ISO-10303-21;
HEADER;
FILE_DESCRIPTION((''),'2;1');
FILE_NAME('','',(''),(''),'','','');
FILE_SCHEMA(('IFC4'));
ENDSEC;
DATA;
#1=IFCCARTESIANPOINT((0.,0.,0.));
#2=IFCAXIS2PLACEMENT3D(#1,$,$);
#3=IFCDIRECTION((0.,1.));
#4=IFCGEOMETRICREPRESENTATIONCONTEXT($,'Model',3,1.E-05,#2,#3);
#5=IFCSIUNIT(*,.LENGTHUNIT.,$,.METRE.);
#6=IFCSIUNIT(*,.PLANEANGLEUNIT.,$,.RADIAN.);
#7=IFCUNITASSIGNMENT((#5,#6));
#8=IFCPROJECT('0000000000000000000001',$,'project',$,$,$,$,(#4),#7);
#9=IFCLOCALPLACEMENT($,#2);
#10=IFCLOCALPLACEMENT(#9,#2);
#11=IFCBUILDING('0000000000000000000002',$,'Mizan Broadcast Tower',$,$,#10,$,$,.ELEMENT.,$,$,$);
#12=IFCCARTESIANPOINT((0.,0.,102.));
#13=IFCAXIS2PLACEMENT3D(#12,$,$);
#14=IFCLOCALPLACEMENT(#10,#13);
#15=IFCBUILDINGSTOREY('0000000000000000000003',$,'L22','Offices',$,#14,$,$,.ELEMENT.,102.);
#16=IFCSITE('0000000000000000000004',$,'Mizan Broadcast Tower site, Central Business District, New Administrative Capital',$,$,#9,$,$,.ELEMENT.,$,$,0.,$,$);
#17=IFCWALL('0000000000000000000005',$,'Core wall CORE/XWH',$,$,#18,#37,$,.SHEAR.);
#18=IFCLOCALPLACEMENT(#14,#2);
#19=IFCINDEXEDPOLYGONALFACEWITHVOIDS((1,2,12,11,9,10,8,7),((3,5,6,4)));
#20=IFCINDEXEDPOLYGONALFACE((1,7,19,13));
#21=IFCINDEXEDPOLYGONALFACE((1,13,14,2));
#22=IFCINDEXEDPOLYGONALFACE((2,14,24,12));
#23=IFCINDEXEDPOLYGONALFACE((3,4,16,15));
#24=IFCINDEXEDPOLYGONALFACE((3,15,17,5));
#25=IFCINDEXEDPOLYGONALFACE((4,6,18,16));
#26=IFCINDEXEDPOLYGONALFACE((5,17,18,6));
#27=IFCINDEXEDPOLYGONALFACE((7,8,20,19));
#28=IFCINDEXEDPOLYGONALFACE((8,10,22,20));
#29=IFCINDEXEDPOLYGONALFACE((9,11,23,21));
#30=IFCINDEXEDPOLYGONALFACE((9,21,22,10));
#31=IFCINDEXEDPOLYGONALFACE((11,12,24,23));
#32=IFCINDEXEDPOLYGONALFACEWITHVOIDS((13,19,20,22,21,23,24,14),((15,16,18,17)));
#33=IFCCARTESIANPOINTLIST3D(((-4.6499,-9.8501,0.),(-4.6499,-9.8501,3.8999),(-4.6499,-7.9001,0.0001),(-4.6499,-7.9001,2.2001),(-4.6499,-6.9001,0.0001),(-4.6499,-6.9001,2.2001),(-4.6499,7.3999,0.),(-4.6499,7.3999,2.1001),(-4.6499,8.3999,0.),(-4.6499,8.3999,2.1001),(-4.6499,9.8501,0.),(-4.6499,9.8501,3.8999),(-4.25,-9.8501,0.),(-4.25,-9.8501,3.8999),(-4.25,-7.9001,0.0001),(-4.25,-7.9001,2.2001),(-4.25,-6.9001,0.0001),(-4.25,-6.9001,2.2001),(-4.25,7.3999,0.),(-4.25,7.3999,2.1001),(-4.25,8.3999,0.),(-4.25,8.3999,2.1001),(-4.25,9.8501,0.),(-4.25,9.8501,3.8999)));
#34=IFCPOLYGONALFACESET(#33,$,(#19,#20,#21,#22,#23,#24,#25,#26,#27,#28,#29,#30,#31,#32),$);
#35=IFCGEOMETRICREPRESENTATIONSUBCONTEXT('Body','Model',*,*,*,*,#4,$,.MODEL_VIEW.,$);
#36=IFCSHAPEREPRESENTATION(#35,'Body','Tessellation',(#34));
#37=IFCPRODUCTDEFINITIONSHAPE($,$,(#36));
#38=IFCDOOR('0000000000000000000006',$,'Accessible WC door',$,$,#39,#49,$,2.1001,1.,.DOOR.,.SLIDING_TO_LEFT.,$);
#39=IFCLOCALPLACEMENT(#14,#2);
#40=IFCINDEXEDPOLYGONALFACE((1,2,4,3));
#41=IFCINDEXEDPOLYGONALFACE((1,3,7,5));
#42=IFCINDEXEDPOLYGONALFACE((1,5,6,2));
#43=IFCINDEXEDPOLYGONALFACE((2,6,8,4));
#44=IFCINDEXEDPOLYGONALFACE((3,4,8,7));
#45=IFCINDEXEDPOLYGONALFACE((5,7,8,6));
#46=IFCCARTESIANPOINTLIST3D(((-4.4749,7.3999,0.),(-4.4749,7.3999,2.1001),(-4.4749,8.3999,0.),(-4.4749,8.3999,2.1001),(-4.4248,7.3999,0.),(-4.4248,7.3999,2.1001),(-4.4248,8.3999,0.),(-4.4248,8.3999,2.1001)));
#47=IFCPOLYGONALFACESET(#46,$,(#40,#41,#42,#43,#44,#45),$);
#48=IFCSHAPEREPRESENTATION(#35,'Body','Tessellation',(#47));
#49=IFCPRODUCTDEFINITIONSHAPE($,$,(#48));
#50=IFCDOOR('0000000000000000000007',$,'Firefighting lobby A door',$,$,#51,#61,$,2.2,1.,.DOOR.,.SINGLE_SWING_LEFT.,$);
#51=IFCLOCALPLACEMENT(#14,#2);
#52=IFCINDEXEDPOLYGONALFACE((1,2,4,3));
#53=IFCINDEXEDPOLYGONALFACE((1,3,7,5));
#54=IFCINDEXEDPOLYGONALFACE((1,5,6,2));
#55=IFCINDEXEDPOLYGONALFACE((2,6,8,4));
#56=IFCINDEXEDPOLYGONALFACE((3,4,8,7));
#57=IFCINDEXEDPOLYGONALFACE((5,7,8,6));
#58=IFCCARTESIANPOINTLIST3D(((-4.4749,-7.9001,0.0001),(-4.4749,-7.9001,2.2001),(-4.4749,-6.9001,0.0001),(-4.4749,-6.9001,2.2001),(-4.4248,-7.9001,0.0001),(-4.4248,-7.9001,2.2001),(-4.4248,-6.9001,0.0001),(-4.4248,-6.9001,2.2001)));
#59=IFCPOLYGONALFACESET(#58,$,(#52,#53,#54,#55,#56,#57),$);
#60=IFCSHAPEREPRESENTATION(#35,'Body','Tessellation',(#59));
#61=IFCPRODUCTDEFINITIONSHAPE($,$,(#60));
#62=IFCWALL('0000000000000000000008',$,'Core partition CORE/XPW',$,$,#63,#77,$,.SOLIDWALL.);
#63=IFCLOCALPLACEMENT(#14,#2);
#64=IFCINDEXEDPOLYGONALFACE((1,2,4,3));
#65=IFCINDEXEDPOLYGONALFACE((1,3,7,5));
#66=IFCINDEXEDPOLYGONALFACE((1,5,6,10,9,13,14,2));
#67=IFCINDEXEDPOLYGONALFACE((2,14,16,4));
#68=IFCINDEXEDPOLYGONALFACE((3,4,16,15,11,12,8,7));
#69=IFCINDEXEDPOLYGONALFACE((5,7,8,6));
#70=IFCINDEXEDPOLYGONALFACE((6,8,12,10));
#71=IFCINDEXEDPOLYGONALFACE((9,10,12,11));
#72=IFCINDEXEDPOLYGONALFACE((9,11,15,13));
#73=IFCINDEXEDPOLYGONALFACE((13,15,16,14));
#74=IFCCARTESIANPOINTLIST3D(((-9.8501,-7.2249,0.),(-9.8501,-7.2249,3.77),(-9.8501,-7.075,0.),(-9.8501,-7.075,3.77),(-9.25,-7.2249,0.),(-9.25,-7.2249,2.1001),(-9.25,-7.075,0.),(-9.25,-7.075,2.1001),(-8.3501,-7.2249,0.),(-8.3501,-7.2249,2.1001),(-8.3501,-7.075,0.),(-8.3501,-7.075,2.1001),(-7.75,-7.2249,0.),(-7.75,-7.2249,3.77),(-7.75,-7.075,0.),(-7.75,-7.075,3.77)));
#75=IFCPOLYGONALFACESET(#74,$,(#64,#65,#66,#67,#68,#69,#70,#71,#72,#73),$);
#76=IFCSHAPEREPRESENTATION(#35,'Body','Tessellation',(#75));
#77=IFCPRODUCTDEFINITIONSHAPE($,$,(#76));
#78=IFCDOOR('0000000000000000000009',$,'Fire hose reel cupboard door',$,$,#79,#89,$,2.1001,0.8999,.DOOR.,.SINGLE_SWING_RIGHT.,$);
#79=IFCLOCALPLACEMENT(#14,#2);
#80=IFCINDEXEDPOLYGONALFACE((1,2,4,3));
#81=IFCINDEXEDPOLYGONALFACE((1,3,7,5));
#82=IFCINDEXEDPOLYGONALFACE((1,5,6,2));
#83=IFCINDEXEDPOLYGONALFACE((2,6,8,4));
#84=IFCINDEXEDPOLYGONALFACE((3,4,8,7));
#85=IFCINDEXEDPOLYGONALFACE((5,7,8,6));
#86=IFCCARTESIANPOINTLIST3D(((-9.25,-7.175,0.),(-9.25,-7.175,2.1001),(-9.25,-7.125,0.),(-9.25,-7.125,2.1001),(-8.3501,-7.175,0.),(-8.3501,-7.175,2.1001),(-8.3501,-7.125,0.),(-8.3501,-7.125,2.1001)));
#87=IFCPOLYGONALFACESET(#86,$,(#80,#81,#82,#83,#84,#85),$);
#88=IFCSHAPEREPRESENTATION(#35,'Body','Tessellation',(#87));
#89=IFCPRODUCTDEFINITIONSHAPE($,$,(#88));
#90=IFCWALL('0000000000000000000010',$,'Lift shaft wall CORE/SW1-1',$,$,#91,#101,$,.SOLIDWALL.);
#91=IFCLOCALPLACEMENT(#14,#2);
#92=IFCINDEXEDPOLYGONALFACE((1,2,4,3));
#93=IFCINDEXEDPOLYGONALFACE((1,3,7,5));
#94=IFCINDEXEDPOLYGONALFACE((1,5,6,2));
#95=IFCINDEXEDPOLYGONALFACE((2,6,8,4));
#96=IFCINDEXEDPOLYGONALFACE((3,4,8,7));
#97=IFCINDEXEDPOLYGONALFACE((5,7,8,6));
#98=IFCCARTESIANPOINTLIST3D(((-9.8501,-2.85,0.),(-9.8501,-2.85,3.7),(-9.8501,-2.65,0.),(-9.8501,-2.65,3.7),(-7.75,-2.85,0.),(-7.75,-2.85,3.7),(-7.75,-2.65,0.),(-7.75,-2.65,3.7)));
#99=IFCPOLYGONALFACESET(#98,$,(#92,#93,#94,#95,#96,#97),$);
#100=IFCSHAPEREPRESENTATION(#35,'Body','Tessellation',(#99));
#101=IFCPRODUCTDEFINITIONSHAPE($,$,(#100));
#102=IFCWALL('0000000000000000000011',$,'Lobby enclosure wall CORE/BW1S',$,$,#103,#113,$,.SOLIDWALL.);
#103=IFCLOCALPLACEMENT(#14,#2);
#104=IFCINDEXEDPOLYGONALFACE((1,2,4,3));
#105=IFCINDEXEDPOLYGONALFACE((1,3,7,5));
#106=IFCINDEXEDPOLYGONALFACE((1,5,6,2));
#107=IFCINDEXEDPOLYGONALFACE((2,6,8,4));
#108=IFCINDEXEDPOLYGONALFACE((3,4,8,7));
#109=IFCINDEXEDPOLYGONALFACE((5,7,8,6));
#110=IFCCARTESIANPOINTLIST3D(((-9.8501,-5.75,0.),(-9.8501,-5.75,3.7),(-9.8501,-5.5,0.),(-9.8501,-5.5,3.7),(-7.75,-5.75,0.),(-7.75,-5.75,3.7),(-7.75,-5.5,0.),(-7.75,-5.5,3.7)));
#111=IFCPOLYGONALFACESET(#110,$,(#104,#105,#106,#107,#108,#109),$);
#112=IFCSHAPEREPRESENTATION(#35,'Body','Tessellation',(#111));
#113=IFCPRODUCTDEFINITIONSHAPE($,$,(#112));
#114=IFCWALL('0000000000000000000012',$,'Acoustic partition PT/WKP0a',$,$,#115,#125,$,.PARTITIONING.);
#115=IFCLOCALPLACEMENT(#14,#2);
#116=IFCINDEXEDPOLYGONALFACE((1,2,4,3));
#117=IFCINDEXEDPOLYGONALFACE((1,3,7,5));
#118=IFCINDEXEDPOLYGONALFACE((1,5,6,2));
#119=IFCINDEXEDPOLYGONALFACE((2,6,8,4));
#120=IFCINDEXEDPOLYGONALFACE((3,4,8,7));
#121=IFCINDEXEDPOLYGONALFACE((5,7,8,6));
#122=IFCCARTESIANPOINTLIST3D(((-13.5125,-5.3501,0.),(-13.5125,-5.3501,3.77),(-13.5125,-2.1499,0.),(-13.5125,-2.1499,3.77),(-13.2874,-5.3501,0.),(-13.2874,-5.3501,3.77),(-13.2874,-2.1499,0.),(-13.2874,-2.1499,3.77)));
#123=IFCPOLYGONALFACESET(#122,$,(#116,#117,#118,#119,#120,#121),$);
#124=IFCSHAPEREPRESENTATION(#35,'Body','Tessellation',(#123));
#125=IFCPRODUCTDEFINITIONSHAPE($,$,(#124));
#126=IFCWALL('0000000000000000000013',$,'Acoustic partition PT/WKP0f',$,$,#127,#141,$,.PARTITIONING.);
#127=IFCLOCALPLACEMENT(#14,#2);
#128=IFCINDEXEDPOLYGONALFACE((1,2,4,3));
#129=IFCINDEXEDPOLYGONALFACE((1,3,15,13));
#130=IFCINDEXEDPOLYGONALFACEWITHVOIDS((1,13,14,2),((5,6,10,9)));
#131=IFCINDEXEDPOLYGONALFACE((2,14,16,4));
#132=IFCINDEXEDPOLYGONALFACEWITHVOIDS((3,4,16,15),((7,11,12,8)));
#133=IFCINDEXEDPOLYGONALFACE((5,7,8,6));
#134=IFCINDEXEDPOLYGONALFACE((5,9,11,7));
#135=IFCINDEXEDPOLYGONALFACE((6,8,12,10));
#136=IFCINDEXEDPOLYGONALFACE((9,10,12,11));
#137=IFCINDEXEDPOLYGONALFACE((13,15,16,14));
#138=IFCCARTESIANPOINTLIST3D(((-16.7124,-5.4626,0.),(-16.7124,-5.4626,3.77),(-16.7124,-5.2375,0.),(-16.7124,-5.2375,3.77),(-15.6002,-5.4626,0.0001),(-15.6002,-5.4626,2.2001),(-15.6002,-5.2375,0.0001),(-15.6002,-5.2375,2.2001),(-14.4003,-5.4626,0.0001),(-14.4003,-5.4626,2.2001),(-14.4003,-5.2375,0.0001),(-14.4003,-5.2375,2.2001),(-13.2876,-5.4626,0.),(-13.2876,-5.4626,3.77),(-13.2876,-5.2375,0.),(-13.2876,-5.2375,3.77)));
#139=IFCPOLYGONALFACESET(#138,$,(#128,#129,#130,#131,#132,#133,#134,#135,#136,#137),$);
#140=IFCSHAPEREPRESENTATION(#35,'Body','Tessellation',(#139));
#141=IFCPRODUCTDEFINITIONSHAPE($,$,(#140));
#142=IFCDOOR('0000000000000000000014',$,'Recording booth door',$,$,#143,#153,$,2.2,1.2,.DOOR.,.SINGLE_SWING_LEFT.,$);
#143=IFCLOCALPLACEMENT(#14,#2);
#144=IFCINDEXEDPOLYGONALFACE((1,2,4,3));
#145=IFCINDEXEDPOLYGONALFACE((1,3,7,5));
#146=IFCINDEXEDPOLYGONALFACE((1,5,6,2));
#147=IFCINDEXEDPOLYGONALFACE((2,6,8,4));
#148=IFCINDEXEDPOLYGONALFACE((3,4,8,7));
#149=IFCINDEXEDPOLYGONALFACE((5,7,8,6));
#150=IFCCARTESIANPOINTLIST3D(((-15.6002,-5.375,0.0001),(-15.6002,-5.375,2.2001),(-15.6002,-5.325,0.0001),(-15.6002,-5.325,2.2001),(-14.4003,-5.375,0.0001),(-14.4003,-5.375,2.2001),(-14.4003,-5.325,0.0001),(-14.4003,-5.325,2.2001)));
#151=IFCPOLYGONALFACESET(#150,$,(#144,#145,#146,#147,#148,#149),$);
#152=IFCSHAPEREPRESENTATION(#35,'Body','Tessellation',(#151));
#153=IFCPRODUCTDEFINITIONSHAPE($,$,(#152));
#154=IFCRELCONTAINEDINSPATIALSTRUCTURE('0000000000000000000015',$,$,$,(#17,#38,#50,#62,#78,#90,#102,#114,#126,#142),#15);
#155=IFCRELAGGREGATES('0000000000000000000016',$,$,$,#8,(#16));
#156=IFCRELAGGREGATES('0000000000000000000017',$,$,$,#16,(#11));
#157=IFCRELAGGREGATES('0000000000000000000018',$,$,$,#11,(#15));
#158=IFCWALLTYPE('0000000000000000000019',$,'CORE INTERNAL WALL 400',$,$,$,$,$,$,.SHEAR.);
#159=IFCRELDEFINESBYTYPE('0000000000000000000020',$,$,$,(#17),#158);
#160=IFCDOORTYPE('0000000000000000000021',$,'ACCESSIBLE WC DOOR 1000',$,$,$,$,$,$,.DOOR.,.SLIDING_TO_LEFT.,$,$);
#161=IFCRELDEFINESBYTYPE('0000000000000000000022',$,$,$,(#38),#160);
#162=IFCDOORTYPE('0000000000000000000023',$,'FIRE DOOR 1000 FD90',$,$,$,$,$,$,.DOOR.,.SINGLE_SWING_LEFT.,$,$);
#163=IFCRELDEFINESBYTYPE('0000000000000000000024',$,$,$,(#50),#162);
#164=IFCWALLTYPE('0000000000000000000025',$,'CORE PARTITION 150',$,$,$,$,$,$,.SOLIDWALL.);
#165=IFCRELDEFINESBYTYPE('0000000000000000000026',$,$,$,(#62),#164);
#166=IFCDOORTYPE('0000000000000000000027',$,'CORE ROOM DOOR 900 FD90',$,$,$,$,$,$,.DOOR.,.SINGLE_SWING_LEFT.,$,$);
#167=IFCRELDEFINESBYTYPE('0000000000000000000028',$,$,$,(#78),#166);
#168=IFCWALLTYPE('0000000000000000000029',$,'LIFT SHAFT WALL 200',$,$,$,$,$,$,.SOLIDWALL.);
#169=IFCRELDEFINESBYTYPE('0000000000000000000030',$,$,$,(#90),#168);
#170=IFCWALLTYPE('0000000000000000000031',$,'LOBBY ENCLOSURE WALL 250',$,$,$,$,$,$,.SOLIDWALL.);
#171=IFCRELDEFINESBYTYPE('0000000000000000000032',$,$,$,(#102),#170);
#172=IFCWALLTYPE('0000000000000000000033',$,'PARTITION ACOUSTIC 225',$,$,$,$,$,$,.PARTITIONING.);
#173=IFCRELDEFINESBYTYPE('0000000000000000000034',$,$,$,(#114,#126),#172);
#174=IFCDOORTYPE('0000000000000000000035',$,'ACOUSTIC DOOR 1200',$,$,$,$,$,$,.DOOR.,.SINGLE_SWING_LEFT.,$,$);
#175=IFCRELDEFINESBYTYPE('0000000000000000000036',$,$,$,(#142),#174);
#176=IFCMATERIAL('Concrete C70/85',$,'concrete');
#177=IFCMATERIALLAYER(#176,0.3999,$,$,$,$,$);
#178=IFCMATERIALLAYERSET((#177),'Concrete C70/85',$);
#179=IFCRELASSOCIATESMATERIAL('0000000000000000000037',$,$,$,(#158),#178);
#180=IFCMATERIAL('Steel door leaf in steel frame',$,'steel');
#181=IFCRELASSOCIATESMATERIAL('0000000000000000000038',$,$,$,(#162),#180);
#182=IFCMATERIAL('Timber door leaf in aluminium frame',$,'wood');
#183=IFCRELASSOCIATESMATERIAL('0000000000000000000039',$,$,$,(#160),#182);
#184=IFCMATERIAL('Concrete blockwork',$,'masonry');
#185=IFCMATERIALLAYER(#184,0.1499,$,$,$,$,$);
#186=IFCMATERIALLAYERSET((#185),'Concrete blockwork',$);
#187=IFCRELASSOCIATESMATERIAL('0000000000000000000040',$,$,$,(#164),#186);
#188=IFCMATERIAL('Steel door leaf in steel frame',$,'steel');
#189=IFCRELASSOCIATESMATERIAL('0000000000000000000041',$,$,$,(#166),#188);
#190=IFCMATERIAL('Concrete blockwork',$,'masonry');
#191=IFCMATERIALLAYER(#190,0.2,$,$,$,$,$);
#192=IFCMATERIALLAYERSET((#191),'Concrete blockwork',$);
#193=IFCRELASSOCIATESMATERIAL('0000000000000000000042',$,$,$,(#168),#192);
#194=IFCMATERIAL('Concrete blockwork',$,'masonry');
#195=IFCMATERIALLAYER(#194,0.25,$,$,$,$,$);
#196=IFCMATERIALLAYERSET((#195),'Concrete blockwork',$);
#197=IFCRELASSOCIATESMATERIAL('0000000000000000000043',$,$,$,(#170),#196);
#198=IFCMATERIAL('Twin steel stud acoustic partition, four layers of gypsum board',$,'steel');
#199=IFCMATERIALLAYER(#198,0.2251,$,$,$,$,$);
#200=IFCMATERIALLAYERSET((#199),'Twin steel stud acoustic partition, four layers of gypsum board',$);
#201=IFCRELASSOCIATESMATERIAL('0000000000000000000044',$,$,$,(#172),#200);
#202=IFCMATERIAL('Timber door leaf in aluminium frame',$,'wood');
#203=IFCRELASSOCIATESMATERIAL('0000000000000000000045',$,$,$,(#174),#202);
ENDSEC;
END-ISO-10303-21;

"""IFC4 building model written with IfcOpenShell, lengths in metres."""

from ifc_helpers import new_model, si_unit, direction, frame, frame_2d, origin, place, context, subcontext, project, spatial, rectangle, extrude, material, layer, layer_set, type_object, element, fill, save


model = new_model("IFC4")

# Units and contexts
model_context = context("Model", 3, precision=1e-05, world=origin(), true_north=direction((0.0, 1.0)))
body_context = subcontext(model_context, "Body", "Model", "MODEL_VIEW")
ifc_project = project(units=[si_unit("LENGTHUNIT", "METRE"), si_unit("PLANEANGLEUNIT", "RADIAN")], contexts=[model_context])

# Site, building, storey
site_placement = place(None, origin())
site = spatial("IfcSite", under=ifc_project, at=site_placement, Name="Mizan Broadcast Tower site, Central Business District, New Administrative Capital", CompositionType="ELEMENT", RefElevation=0.0)
building_placement = place(site_placement, origin())
building = spatial("IfcBuilding", under=site, at=building_placement, Name="Mizan Broadcast Tower", CompositionType="ELEMENT")
storey_placement = place(building_placement, frame((0.0, 0.0, 102.0)))
storey = spatial("IfcBuildingStorey", under=building, at=storey_placement, Name="L22", Description="Offices", CompositionType="ELEMENT", Elevation=102.0)

# Wall, openings, doors
ifc_material_1 = material(Name="Concrete C70/85", Category="concrete")
ifc_layer_1 = layer(ifc_material_1, 0.3999)
ifc_layer_set_1 = layer_set([ifc_layer_1], Name="Concrete C70/85")
wall_type_1 = type_object("IfcWallType", Name="CORE INTERNAL WALL 400", PredefinedType="SHEAR", material=ifc_layer_set_1)
ifc_material_2 = material(Name="Steel door leaf in steel frame", Category="steel")
door_type_1 = type_object("IfcDoorType", Name="FIRE DOOR 1000 FD90", OperationType="SINGLE_SWING_LEFT", PredefinedType="DOOR", material=ifc_material_2)
wall_1_placement = place(storey_placement, frame((-4.45, -9.8501, 0.0), z_axis=(0.0, 0.0, 1.0), x_axis=(0.0, 1.0, 0.0)))
wall_1 = element("IfcWall", 1, at=wall_1_placement, inside=storey, type_object=wall_type_1, Name="Core wall CORE/XWH", PredefinedType="SHEAR", context=body_context, shape_type="SweptSolid", body=[
    extrude(rectangle(XDim=19.7002, YDim=0.3999, at=frame_2d((9.8501, 0.0))), origin(), (0.0, 0.0, 1.0), 3.8999),
])
opening_1_placement = place(wall_1_placement, frame((1.95, 0.0, 0.0)))
opening_1 = element("IfcOpeningElement", 2, at=opening_1_placement, cuts=wall_1, PredefinedType="OPENING", context=body_context, shape_type="SweptSolid", body=[
    extrude(rectangle(XDim=1.0, YDim=2.2, at=frame_2d((0.5, 1.1001))), frame((0.0, 0.21, 0.0), z_axis=(0.0, -1.0, 0.0), x_axis=(1.0, 0.0, 0.0)), (0.0, 0.0, 1.0), 0.4199),
])
opening_2_placement = place(wall_1_placement, frame((17.25, 0.0, 0.0)))
opening_2 = element("IfcOpeningElement", 3, at=opening_2_placement, cuts=wall_1, PredefinedType="OPENING", context=body_context, shape_type="SweptSolid", body=[
    extrude(rectangle(XDim=1.0, YDim=2.1001, at=frame_2d((0.5, 1.05))), frame((0.0, 0.21, 0.0), z_axis=(0.0, -1.0, 0.0), x_axis=(1.0, 0.0, 0.0)), (0.0, 0.0, 1.0), 0.4199),
])
ifc_material_3 = material(Name="Timber door leaf in aluminium frame", Category="wood")
door_type_2 = type_object("IfcDoorType", Name="ACCESSIBLE WC DOOR 1000", OperationType="SLIDING_TO_LEFT", PredefinedType="DOOR", material=ifc_material_3)
door_1_placement = place(opening_2_placement, origin())
door_1 = element("IfcDoor", 4, at=door_1_placement, inside=storey, type_object=door_type_2, Name="Accessible WC door", OperationType="SLIDING_TO_LEFT", OverallHeight=2.1001, OverallWidth=1.0, PredefinedType="DOOR", context=body_context, shape_type="SweptSolid", body=[
    extrude(rectangle(XDim=1.0, YDim=2.1001, at=frame_2d((0.5, 1.05))), frame((0.0, 0.0249, 0.0), z_axis=(0.0, -1.0, 0.0), x_axis=(1.0, 0.0, 0.0)), (0.0, 0.0, 1.0), 0.05),
])
fill(opening_2, door_1)
door_2_placement = place(opening_1_placement, origin())
door_2 = element("IfcDoor", 5, at=door_2_placement, inside=storey, type_object=door_type_1, Name="Firefighting lobby A door", OperationType="SINGLE_SWING_LEFT", OverallHeight=2.2, OverallWidth=1.0, PredefinedType="DOOR", context=body_context, shape_type="SweptSolid", body=[
    extrude(rectangle(XDim=1.0, YDim=2.2, at=frame_2d((0.5, 1.1001))), frame((0.0, 0.0249, 0.0), z_axis=(0.0, -1.0, 0.0), x_axis=(1.0, 0.0, 0.0)), (0.0, 0.0, 1.0), 0.05),
])
fill(opening_1, door_2)

# Wall, opening, door
ifc_material_4 = material(Name="Concrete blockwork", Category="masonry")
ifc_layer_2 = layer(ifc_material_4, 0.1499)
ifc_layer_set_2 = layer_set([ifc_layer_2], Name="Concrete blockwork")
wall_type_2 = type_object("IfcWallType", Name="CORE PARTITION 150", PredefinedType="SOLIDWALL", material=ifc_layer_set_2)
wall_2_placement = place(storey_placement, frame((-9.8501, -7.1499, 0.0), z_axis=(0.0, 0.0, 1.0), x_axis=(1.0, 0.0, 0.0)))
wall_2 = element("IfcWall", 6, at=wall_2_placement, inside=storey, type_object=wall_type_2, Name="Core partition CORE/XPW", PredefinedType="SOLIDWALL", context=body_context, shape_type="SweptSolid", body=[
    extrude(rectangle(XDim=2.1001, YDim=0.1499, at=frame_2d((1.05, 0.0))), origin(), (0.0, 0.0, 1.0), 3.77),
])
opening_3_placement = place(wall_2_placement, frame((0.6001, 0.0, 0.0)))
opening_3 = element("IfcOpeningElement", 7, at=opening_3_placement, cuts=wall_2, PredefinedType="OPENING", context=body_context, shape_type="SweptSolid", body=[
    extrude(rectangle(XDim=0.8999, YDim=2.1001, at=frame_2d((0.45, 1.05))), frame((0.0, 0.085, 0.0), z_axis=(0.0, -1.0, 0.0), x_axis=(1.0, 0.0, 0.0)), (0.0, 0.0, 1.0), 0.1699),
])
ifc_material_5 = material(Name="Steel door leaf in steel frame", Category="steel")
door_type_3 = type_object("IfcDoorType", Name="CORE ROOM DOOR 900 FD90", OperationType="SINGLE_SWING_LEFT", PredefinedType="DOOR", material=ifc_material_5)
door_3_placement = place(opening_3_placement, origin())
door_3 = element("IfcDoor", 8, at=door_3_placement, inside=storey, type_object=door_type_3, Name="Fire hose reel cupboard door", OperationType="SINGLE_SWING_RIGHT", OverallHeight=2.1001, OverallWidth=0.8999, PredefinedType="DOOR", context=body_context, shape_type="SweptSolid", body=[
    extrude(rectangle(XDim=0.8999, YDim=2.1001, at=frame_2d((0.45, 1.05))), frame((0.0, 0.0249, 0.0), z_axis=(0.0, -1.0, 0.0), x_axis=(1.0, 0.0, 0.0)), (0.0, 0.0, 1.0), 0.05),
])
fill(opening_3, door_3)

# Walls
ifc_material_6 = material(Name="Concrete blockwork", Category="masonry")
ifc_layer_3 = layer(ifc_material_6, 0.2)
ifc_layer_set_3 = layer_set([ifc_layer_3], Name="Concrete blockwork")
wall_type_3 = type_object("IfcWallType", Name="LIFT SHAFT WALL 200", PredefinedType="SOLIDWALL", material=ifc_layer_set_3)
wall_3_placement = place(storey_placement, frame((-9.8501, -2.75, 0.0), z_axis=(0.0, 0.0, 1.0), x_axis=(1.0, 0.0, 0.0)))
element("IfcWall", 9, at=wall_3_placement, inside=storey, type_object=wall_type_3, Name="Lift shaft wall CORE/SW1-1", PredefinedType="SOLIDWALL", context=body_context, shape_type="SweptSolid", body=[
    extrude(rectangle(XDim=2.1001, YDim=0.2, at=frame_2d((1.05, 0.0))), origin(), (0.0, 0.0, 1.0), 3.7),
])
ifc_material_7 = material(Name="Concrete blockwork", Category="masonry")
ifc_layer_4 = layer(ifc_material_7, 0.25)
ifc_layer_set_4 = layer_set([ifc_layer_4], Name="Concrete blockwork")
wall_type_4 = type_object("IfcWallType", Name="LOBBY ENCLOSURE WALL 250", PredefinedType="SOLIDWALL", material=ifc_layer_set_4)
wall_4_placement = place(storey_placement, frame((-9.8501, -5.625, 0.0), z_axis=(0.0, 0.0, 1.0), x_axis=(1.0, 0.0, 0.0)))
element("IfcWall", 10, at=wall_4_placement, inside=storey, type_object=wall_type_4, Name="Lobby enclosure wall CORE/BW1S", PredefinedType="SOLIDWALL", context=body_context, shape_type="SweptSolid", body=[
    extrude(rectangle(XDim=2.1001, YDim=0.25, at=frame_2d((1.05, 0.0))), origin(), (0.0, 0.0, 1.0), 3.7),
])
ifc_material_8 = material(Name="Twin steel stud acoustic partition, four layers of gypsum board", Category="steel")
ifc_layer_5 = layer(ifc_material_8, 0.2251)
ifc_layer_set_5 = layer_set([ifc_layer_5], Name="Twin steel stud acoustic partition, four layers of gypsum board")
wall_type_5 = type_object("IfcWallType", Name="PARTITION ACOUSTIC 225", PredefinedType="PARTITIONING", material=ifc_layer_set_5)
wall_5_placement = place(storey_placement, frame((-13.3999, -2.1499, 0.0), z_axis=(0.0, 0.0, 1.0), x_axis=(0.0, -1.0, 0.0)))
element("IfcWall", 11, at=wall_5_placement, inside=storey, type_object=wall_type_5, Name="Acoustic partition PT/WKP0a", PredefinedType="PARTITIONING", context=body_context, shape_type="SweptSolid", body=[
    extrude(rectangle(XDim=3.2002, YDim=0.2251, at=frame_2d((1.6001, 0.0))), origin(), (0.0, 0.0, 1.0), 3.77),
])

# Wall, opening, door
wall_6_placement = place(storey_placement, frame((-13.2876, -5.3501, 0.0), z_axis=(0.0, 0.0, 1.0), x_axis=(-1.0, 0.0, 0.0)))
wall_6 = element("IfcWall", 12, at=wall_6_placement, inside=storey, type_object=wall_type_5, Name="Acoustic partition PT/WKP0f", PredefinedType="PARTITIONING", context=body_context, shape_type="SweptSolid", body=[
    extrude(rectangle(XDim=3.4248, YDim=0.2251, at=frame_2d((1.7124, 0.0))), origin(), (0.0, 0.0, 1.0), 3.77),
])
opening_4_placement = place(wall_6_placement, frame((1.1125, 0.0, 0.0)))
opening_4 = element("IfcOpeningElement", 13, at=opening_4_placement, cuts=wall_6, PredefinedType="OPENING", context=body_context, shape_type="SweptSolid", body=[
    extrude(rectangle(XDim=1.2, YDim=2.2, at=frame_2d((0.6001, 1.1001))), frame((0.0, 0.1226, 0.0), z_axis=(0.0, -1.0, 0.0), x_axis=(1.0, 0.0, 0.0)), (0.0, 0.0, 1.0), 0.2451),
])
ifc_material_9 = material(Name="Timber door leaf in aluminium frame", Category="wood")
door_type_4 = type_object("IfcDoorType", Name="ACOUSTIC DOOR 1200", OperationType="SINGLE_SWING_LEFT", PredefinedType="DOOR", material=ifc_material_9)
door_4_placement = place(opening_4_placement, origin())
door_4 = element("IfcDoor", 14, at=door_4_placement, inside=storey, type_object=door_type_4, Name="Recording booth door", OperationType="SINGLE_SWING_LEFT", OverallHeight=2.2, OverallWidth=1.2, PredefinedType="DOOR", context=body_context, shape_type="SweptSolid", body=[
    extrude(rectangle(XDim=1.2, YDim=2.2, at=frame_2d((0.6001, 1.1001))), frame((0.0, 0.0249, 0.0), z_axis=(0.0, -1.0, 0.0), x_axis=(1.0, 0.0, 0.0)), (0.0, 0.0, 1.0), 0.05),
])
fill(opening_4, door_4)

save(model, "model.ifc")
